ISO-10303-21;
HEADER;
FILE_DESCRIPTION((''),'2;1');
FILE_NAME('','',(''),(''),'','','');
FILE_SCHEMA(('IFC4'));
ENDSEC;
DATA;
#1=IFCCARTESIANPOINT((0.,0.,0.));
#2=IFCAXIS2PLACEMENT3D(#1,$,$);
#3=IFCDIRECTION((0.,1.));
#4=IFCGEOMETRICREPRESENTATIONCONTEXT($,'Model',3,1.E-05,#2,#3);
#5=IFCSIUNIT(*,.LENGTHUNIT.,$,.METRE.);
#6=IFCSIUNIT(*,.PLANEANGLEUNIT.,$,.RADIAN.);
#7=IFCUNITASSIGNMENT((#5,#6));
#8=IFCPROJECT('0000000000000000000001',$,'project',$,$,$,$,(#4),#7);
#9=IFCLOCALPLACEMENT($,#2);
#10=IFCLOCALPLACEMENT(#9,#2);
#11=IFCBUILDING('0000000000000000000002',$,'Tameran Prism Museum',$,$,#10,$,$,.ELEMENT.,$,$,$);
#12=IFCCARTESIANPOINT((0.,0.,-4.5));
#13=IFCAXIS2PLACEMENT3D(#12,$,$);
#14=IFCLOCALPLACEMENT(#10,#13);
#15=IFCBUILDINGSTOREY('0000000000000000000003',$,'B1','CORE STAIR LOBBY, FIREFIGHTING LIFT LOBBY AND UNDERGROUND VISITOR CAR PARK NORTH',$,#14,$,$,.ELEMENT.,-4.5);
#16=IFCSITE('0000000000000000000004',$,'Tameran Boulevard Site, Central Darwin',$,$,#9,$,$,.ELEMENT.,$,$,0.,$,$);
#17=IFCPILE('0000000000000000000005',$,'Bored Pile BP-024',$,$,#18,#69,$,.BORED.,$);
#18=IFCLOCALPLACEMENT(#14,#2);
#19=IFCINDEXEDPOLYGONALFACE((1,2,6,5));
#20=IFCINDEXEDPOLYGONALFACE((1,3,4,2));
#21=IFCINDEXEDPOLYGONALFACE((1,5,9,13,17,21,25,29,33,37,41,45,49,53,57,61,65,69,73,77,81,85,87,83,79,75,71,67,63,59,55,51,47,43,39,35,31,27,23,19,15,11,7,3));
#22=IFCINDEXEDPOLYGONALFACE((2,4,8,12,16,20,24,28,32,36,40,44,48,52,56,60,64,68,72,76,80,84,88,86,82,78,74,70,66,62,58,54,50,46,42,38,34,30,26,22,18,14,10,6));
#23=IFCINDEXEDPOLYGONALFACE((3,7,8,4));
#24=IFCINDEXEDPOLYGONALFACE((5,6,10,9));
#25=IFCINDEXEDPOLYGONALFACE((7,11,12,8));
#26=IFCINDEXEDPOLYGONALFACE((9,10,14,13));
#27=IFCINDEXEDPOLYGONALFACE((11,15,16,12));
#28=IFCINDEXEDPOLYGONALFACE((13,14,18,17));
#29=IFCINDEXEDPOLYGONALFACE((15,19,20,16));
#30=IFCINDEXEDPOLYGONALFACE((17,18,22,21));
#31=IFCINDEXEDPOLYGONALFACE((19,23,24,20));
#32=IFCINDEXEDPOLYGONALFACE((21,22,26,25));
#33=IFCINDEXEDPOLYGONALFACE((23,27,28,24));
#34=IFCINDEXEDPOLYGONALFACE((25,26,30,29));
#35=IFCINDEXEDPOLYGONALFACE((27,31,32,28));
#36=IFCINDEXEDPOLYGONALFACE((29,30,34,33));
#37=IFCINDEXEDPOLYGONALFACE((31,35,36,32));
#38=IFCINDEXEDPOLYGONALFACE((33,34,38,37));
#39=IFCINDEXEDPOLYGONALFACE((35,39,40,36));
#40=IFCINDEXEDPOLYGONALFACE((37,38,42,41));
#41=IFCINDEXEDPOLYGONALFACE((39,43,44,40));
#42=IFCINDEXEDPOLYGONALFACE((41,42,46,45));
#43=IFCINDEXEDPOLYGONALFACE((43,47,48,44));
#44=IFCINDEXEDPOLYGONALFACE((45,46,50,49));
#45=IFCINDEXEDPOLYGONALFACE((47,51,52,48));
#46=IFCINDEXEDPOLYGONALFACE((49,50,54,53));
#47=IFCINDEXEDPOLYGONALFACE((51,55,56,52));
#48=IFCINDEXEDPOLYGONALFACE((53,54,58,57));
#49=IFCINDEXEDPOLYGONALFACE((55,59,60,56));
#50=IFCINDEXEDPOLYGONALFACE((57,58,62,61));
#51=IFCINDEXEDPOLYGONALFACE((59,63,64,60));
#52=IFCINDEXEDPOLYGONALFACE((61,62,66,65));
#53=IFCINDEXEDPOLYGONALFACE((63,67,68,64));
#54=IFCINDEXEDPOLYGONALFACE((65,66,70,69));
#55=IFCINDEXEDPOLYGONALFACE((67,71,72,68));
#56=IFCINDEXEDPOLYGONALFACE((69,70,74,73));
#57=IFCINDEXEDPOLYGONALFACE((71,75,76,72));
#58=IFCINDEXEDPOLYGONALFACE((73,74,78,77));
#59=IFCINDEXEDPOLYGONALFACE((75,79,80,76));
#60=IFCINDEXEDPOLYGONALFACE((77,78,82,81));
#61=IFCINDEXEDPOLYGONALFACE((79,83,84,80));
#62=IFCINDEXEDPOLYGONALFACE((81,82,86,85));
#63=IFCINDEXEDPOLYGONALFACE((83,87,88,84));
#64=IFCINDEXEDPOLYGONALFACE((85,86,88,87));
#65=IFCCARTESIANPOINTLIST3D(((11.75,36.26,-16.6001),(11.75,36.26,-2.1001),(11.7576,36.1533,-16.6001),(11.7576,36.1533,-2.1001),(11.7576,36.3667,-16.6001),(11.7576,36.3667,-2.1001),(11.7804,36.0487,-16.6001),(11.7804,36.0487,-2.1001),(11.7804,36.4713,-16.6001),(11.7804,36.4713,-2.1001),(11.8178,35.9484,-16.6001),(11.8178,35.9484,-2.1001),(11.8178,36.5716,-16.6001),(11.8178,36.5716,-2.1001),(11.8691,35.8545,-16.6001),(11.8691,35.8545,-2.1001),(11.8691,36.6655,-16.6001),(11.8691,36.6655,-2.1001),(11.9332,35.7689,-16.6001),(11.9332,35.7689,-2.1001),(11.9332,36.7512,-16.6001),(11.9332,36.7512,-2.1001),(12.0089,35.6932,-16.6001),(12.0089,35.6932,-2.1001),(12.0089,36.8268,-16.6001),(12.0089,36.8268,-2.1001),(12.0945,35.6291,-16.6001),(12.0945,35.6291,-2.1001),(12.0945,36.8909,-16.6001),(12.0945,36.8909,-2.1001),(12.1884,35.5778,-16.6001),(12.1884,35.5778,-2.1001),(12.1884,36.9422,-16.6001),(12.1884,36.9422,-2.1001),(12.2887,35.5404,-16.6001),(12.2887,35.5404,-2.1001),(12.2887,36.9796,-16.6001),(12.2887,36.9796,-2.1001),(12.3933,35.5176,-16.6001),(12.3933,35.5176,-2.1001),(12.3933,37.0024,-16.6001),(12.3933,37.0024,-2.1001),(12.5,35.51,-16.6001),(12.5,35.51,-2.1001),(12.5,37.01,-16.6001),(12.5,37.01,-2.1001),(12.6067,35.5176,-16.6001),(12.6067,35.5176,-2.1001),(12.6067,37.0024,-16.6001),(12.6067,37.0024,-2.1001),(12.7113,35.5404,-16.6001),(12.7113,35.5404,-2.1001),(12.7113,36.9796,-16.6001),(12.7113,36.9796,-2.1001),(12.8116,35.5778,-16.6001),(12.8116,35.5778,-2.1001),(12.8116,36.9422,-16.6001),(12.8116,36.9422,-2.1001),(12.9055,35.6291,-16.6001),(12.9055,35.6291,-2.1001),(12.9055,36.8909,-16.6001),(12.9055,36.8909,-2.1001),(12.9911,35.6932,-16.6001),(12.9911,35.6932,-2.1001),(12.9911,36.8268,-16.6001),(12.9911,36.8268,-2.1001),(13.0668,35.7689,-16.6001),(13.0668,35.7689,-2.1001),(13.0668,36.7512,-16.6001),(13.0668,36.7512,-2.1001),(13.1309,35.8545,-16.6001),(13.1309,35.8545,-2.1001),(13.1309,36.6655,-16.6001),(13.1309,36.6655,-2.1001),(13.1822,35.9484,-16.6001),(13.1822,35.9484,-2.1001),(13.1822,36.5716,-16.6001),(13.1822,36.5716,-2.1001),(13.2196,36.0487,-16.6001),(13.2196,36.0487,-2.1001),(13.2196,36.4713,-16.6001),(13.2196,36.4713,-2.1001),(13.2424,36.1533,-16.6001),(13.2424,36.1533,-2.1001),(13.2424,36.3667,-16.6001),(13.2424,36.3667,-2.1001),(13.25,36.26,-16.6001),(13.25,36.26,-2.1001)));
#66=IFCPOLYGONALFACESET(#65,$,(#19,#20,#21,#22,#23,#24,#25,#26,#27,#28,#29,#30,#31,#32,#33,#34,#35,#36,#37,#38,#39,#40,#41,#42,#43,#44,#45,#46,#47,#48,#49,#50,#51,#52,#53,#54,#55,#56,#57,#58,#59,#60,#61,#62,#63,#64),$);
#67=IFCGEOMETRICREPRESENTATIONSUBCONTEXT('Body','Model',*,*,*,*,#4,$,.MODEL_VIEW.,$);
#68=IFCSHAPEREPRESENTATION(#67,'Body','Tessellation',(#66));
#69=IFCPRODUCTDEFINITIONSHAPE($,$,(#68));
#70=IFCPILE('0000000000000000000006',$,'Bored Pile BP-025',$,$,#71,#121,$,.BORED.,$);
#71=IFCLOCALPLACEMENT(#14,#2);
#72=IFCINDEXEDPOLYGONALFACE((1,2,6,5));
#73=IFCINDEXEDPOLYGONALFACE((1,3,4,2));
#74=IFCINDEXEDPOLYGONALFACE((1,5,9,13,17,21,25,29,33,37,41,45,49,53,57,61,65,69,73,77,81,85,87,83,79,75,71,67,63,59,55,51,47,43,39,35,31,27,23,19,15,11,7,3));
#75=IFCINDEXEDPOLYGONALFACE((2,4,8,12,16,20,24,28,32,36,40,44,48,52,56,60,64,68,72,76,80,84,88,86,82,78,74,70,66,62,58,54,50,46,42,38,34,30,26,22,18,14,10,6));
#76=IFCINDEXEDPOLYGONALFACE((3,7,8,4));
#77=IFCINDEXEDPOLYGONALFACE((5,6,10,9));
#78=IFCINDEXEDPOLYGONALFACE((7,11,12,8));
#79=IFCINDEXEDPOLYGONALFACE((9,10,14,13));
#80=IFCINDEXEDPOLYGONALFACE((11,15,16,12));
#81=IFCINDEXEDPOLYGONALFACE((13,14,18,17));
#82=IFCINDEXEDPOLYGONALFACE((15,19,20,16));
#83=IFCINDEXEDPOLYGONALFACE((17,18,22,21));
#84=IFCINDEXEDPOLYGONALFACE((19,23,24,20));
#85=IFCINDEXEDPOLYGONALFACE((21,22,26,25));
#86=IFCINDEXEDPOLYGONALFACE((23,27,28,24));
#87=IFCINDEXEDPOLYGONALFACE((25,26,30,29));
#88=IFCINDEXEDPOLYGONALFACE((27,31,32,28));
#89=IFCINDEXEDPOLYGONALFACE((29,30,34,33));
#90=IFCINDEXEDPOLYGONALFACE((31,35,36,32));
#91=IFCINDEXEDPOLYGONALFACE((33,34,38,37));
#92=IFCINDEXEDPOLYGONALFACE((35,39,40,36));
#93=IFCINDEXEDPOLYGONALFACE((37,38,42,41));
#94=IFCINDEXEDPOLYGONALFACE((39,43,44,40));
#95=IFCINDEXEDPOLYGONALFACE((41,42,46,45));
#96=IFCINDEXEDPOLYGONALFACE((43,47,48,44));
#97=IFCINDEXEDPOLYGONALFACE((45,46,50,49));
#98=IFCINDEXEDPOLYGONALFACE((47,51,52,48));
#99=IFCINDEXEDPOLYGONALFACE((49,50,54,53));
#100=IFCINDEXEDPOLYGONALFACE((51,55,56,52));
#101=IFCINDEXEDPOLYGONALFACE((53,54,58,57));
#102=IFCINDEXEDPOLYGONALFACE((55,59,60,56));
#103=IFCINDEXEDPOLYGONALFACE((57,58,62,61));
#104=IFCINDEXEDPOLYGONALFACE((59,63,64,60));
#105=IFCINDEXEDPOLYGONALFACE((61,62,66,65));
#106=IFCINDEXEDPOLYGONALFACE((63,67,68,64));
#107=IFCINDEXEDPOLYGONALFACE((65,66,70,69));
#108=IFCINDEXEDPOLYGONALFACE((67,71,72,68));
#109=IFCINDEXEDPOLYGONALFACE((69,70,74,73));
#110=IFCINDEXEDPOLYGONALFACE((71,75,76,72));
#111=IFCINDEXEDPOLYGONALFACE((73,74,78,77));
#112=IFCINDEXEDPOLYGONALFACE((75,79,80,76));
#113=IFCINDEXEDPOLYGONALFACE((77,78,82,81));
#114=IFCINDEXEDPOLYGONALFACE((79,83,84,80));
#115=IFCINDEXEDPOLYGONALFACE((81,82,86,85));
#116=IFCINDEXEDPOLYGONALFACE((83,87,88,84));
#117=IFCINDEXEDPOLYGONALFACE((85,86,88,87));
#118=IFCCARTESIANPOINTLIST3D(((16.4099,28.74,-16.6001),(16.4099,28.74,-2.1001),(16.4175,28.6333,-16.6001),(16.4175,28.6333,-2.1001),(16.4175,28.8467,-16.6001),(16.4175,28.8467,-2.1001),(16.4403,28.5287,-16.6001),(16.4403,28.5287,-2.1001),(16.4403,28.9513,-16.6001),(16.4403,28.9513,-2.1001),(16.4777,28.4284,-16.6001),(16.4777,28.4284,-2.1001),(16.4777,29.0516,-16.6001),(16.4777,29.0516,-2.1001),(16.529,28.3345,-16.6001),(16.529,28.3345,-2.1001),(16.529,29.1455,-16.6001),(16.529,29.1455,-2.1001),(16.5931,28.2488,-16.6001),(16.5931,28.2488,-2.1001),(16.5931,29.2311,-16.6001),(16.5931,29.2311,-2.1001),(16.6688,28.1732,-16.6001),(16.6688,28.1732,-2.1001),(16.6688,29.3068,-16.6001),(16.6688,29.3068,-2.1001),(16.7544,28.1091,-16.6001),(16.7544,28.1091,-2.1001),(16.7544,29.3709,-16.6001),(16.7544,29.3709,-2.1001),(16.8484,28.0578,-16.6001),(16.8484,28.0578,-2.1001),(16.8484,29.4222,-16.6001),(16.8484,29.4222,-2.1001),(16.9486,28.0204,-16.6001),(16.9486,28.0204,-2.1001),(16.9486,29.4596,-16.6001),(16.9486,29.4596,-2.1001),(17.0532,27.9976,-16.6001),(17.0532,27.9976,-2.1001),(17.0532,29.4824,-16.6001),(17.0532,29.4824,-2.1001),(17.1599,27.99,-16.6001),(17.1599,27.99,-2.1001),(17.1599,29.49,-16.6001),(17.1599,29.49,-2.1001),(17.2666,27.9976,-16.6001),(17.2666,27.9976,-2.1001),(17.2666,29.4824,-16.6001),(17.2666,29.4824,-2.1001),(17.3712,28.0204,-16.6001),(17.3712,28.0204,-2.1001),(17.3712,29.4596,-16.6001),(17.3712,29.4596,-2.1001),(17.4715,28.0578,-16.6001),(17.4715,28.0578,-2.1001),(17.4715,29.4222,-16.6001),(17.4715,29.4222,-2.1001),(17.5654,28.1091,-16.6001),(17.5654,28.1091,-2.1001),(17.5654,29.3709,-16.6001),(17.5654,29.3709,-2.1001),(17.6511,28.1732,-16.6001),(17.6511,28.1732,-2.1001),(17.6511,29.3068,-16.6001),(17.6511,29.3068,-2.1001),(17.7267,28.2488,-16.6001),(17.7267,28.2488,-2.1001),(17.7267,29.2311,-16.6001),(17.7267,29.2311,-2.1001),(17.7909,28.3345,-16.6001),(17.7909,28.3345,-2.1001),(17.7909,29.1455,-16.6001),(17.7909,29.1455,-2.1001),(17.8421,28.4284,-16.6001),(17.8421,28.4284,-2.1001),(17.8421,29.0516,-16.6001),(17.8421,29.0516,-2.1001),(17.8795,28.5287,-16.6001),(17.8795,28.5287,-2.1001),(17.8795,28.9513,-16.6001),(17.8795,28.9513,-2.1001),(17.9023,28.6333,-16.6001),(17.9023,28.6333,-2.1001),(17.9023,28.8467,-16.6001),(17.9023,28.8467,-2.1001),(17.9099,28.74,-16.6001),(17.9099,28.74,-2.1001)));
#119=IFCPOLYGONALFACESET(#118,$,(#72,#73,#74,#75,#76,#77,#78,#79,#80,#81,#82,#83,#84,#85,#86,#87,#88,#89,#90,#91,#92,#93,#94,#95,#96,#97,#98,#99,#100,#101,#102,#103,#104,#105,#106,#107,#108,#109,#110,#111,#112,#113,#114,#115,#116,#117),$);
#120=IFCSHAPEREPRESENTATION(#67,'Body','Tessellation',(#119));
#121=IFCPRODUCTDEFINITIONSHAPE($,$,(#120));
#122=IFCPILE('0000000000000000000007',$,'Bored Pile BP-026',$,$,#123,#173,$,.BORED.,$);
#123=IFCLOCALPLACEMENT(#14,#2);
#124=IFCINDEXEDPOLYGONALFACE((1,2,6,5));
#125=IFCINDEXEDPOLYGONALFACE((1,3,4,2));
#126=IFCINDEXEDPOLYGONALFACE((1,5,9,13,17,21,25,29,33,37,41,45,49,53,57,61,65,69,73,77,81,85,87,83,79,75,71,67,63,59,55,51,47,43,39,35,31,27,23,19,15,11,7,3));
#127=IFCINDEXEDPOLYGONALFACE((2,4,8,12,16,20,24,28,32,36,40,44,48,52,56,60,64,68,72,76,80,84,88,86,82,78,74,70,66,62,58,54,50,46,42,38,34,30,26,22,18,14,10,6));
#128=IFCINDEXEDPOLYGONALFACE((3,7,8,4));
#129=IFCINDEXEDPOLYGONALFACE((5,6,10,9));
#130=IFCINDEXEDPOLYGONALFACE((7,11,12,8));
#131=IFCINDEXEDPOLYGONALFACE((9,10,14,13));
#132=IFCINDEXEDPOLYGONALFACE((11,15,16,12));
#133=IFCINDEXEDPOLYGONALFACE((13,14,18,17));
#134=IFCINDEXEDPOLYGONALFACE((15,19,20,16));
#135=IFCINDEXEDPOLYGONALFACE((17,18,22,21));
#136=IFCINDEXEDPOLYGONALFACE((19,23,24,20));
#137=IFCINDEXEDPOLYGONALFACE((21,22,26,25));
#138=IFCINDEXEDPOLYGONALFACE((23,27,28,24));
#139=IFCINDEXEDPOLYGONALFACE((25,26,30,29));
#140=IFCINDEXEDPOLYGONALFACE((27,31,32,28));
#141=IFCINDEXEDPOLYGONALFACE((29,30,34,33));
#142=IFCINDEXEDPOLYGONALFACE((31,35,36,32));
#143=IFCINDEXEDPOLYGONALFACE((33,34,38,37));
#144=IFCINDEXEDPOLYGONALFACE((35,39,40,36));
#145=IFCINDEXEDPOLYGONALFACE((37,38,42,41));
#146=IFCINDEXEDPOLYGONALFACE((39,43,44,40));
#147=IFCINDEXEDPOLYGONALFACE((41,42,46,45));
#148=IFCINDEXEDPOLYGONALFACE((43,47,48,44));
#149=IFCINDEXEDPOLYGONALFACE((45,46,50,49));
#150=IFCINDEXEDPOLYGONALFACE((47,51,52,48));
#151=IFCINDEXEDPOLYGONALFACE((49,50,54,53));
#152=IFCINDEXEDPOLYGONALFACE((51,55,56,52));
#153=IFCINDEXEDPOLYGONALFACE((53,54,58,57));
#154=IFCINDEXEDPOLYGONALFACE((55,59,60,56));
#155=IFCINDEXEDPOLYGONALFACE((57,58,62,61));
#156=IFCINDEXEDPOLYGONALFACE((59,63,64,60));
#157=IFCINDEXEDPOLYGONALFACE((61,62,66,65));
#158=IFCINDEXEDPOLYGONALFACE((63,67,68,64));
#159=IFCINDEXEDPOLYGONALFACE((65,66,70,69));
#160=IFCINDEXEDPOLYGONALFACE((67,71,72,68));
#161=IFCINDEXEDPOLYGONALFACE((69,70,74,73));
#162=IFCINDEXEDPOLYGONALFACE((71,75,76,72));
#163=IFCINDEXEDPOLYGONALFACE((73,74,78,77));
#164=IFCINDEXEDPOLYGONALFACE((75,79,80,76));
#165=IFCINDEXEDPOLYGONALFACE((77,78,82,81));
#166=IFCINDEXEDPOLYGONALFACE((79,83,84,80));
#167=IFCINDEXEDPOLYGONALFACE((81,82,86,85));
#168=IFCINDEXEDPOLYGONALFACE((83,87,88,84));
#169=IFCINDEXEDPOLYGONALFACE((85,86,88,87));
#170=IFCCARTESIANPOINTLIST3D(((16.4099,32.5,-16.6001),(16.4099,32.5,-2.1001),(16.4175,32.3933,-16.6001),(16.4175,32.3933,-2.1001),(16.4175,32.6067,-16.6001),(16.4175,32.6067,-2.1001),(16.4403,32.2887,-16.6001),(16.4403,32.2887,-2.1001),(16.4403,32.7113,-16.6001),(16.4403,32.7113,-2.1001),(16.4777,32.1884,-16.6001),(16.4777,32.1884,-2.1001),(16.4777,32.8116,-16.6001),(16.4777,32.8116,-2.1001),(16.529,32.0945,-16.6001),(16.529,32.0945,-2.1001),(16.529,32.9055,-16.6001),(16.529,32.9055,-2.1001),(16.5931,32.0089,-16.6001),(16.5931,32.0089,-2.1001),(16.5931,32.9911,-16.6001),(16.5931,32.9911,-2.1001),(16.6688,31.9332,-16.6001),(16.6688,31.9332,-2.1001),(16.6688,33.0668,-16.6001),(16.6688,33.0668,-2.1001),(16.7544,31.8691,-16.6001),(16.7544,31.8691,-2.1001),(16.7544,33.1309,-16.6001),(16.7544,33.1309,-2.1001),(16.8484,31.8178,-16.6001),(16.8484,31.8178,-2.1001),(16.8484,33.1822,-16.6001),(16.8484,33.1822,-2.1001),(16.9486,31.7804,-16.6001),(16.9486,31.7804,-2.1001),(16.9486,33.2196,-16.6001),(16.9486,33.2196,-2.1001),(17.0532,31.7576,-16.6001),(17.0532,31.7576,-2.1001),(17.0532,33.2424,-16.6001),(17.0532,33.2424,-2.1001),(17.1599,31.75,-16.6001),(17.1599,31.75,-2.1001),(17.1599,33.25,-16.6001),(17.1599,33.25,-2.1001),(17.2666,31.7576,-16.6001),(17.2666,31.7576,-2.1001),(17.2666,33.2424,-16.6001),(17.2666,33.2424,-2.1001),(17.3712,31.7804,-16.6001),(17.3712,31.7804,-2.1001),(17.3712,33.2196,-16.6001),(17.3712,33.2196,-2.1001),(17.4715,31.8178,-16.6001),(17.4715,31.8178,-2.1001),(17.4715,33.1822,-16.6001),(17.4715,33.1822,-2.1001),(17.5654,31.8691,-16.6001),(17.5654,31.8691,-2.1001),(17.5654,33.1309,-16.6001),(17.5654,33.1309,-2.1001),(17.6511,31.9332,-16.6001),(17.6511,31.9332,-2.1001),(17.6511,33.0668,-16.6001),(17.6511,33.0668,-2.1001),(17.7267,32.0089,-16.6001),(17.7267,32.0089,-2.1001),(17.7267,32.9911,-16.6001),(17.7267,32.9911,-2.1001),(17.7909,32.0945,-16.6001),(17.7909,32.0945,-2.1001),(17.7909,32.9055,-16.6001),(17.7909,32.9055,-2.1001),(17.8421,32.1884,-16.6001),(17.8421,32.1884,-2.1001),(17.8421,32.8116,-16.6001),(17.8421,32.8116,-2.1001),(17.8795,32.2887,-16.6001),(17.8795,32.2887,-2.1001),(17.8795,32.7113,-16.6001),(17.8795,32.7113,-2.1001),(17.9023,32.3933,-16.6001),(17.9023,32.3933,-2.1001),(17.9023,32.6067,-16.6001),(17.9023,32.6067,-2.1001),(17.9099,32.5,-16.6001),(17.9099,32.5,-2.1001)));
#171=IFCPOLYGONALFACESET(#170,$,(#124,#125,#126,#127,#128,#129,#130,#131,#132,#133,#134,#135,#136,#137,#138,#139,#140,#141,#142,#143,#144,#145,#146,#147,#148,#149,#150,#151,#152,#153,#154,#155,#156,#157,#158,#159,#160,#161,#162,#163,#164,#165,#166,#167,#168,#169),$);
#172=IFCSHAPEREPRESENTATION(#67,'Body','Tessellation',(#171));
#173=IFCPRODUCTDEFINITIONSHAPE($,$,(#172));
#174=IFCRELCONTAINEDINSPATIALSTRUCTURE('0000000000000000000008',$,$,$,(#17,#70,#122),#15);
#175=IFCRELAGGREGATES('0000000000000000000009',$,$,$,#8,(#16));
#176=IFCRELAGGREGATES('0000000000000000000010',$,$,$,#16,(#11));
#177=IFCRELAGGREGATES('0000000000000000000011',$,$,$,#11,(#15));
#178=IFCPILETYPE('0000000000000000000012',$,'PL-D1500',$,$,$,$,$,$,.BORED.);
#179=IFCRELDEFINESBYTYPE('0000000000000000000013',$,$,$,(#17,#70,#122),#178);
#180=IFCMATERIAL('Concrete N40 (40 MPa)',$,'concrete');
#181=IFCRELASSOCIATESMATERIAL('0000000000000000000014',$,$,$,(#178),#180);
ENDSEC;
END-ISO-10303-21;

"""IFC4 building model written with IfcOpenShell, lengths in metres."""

from ifc_helpers import new_model, si_unit, direction, frame, origin, origin_2d, place, context, subcontext, project, spatial, circle, extrude, material, material_profile, profile_set, type_object, element, save


model = new_model("IFC4")

# Units and contexts
model_context = context("Model", 3, precision=1e-05, world=origin(), true_north=direction((0.0, 1.0)))
body_context = subcontext(model_context, "Body", "Model", "MODEL_VIEW")
ifc_project = project(units=[si_unit("LENGTHUNIT", "METRE"), si_unit("PLANEANGLEUNIT", "RADIAN")], contexts=[model_context])

# Site, building, storey
site_placement = place(None, origin())
site = spatial("IfcSite", under=ifc_project, at=site_placement, Name="Tameran Boulevard Site, Central Darwin", CompositionType="ELEMENT", RefElevation=0.0)
building_placement = place(site_placement, origin())
building = spatial("IfcBuilding", under=site, at=building_placement, Name="Tameran Prism Museum", CompositionType="ELEMENT")
storey_placement = place(building_placement, frame((0.0, 0.0, -4.5)))
storey = spatial("IfcBuildingStorey", under=building, at=storey_placement, Name="B1", Description="CORE STAIR LOBBY, FIREFIGHTING LIFT LOBBY AND UNDERGROUND VISITOR CAR PARK NORTH", CompositionType="ELEMENT", Elevation=-4.5)

# Piles
ifc_material_1 = material(Name="Concrete N40 (40 MPa)", Category="concrete")
ifc_material_profile_1 = material_profile(ifc_material_1, circle(Radius=0.75, at=origin_2d()))
ifc_profile_set_1 = profile_set([ifc_material_profile_1])
pile_type_1 = type_object("IfcPileType", Name="PL-D1500", PredefinedType="BORED", material=ifc_profile_set_1)
for number, where, z_axis, x_axis, name in (
    (1, (12.5, 36.26, -2.1001), (0.0, 0.0, -1.0), (1.0, 0.0, 0.0), "Bored Pile BP-024"),
    (2, (17.1599, 28.74, -2.1001), (0.0, 0.0, -1.0), (1.0, 0.0, 0.0), "Bored Pile BP-025"),
    (3, (17.1599, 32.5, -2.1001), (0.0, 0.0, -1.0), (1.0, 0.0, 0.0), "Bored Pile BP-026"),
):
    element("IfcPile", number, at=place(storey_placement, frame(where, z_axis=z_axis, x_axis=x_axis)), inside=storey, type_object=pile_type_1, Name=name, PredefinedType="BORED", context=body_context, shape_type="SweptSolid", body=[
        extrude(circle(Radius=0.75, at=origin_2d()), origin(), (0.0, 0.0, 1.0), 14.5),
    ])

save(model, "model.ifc")
